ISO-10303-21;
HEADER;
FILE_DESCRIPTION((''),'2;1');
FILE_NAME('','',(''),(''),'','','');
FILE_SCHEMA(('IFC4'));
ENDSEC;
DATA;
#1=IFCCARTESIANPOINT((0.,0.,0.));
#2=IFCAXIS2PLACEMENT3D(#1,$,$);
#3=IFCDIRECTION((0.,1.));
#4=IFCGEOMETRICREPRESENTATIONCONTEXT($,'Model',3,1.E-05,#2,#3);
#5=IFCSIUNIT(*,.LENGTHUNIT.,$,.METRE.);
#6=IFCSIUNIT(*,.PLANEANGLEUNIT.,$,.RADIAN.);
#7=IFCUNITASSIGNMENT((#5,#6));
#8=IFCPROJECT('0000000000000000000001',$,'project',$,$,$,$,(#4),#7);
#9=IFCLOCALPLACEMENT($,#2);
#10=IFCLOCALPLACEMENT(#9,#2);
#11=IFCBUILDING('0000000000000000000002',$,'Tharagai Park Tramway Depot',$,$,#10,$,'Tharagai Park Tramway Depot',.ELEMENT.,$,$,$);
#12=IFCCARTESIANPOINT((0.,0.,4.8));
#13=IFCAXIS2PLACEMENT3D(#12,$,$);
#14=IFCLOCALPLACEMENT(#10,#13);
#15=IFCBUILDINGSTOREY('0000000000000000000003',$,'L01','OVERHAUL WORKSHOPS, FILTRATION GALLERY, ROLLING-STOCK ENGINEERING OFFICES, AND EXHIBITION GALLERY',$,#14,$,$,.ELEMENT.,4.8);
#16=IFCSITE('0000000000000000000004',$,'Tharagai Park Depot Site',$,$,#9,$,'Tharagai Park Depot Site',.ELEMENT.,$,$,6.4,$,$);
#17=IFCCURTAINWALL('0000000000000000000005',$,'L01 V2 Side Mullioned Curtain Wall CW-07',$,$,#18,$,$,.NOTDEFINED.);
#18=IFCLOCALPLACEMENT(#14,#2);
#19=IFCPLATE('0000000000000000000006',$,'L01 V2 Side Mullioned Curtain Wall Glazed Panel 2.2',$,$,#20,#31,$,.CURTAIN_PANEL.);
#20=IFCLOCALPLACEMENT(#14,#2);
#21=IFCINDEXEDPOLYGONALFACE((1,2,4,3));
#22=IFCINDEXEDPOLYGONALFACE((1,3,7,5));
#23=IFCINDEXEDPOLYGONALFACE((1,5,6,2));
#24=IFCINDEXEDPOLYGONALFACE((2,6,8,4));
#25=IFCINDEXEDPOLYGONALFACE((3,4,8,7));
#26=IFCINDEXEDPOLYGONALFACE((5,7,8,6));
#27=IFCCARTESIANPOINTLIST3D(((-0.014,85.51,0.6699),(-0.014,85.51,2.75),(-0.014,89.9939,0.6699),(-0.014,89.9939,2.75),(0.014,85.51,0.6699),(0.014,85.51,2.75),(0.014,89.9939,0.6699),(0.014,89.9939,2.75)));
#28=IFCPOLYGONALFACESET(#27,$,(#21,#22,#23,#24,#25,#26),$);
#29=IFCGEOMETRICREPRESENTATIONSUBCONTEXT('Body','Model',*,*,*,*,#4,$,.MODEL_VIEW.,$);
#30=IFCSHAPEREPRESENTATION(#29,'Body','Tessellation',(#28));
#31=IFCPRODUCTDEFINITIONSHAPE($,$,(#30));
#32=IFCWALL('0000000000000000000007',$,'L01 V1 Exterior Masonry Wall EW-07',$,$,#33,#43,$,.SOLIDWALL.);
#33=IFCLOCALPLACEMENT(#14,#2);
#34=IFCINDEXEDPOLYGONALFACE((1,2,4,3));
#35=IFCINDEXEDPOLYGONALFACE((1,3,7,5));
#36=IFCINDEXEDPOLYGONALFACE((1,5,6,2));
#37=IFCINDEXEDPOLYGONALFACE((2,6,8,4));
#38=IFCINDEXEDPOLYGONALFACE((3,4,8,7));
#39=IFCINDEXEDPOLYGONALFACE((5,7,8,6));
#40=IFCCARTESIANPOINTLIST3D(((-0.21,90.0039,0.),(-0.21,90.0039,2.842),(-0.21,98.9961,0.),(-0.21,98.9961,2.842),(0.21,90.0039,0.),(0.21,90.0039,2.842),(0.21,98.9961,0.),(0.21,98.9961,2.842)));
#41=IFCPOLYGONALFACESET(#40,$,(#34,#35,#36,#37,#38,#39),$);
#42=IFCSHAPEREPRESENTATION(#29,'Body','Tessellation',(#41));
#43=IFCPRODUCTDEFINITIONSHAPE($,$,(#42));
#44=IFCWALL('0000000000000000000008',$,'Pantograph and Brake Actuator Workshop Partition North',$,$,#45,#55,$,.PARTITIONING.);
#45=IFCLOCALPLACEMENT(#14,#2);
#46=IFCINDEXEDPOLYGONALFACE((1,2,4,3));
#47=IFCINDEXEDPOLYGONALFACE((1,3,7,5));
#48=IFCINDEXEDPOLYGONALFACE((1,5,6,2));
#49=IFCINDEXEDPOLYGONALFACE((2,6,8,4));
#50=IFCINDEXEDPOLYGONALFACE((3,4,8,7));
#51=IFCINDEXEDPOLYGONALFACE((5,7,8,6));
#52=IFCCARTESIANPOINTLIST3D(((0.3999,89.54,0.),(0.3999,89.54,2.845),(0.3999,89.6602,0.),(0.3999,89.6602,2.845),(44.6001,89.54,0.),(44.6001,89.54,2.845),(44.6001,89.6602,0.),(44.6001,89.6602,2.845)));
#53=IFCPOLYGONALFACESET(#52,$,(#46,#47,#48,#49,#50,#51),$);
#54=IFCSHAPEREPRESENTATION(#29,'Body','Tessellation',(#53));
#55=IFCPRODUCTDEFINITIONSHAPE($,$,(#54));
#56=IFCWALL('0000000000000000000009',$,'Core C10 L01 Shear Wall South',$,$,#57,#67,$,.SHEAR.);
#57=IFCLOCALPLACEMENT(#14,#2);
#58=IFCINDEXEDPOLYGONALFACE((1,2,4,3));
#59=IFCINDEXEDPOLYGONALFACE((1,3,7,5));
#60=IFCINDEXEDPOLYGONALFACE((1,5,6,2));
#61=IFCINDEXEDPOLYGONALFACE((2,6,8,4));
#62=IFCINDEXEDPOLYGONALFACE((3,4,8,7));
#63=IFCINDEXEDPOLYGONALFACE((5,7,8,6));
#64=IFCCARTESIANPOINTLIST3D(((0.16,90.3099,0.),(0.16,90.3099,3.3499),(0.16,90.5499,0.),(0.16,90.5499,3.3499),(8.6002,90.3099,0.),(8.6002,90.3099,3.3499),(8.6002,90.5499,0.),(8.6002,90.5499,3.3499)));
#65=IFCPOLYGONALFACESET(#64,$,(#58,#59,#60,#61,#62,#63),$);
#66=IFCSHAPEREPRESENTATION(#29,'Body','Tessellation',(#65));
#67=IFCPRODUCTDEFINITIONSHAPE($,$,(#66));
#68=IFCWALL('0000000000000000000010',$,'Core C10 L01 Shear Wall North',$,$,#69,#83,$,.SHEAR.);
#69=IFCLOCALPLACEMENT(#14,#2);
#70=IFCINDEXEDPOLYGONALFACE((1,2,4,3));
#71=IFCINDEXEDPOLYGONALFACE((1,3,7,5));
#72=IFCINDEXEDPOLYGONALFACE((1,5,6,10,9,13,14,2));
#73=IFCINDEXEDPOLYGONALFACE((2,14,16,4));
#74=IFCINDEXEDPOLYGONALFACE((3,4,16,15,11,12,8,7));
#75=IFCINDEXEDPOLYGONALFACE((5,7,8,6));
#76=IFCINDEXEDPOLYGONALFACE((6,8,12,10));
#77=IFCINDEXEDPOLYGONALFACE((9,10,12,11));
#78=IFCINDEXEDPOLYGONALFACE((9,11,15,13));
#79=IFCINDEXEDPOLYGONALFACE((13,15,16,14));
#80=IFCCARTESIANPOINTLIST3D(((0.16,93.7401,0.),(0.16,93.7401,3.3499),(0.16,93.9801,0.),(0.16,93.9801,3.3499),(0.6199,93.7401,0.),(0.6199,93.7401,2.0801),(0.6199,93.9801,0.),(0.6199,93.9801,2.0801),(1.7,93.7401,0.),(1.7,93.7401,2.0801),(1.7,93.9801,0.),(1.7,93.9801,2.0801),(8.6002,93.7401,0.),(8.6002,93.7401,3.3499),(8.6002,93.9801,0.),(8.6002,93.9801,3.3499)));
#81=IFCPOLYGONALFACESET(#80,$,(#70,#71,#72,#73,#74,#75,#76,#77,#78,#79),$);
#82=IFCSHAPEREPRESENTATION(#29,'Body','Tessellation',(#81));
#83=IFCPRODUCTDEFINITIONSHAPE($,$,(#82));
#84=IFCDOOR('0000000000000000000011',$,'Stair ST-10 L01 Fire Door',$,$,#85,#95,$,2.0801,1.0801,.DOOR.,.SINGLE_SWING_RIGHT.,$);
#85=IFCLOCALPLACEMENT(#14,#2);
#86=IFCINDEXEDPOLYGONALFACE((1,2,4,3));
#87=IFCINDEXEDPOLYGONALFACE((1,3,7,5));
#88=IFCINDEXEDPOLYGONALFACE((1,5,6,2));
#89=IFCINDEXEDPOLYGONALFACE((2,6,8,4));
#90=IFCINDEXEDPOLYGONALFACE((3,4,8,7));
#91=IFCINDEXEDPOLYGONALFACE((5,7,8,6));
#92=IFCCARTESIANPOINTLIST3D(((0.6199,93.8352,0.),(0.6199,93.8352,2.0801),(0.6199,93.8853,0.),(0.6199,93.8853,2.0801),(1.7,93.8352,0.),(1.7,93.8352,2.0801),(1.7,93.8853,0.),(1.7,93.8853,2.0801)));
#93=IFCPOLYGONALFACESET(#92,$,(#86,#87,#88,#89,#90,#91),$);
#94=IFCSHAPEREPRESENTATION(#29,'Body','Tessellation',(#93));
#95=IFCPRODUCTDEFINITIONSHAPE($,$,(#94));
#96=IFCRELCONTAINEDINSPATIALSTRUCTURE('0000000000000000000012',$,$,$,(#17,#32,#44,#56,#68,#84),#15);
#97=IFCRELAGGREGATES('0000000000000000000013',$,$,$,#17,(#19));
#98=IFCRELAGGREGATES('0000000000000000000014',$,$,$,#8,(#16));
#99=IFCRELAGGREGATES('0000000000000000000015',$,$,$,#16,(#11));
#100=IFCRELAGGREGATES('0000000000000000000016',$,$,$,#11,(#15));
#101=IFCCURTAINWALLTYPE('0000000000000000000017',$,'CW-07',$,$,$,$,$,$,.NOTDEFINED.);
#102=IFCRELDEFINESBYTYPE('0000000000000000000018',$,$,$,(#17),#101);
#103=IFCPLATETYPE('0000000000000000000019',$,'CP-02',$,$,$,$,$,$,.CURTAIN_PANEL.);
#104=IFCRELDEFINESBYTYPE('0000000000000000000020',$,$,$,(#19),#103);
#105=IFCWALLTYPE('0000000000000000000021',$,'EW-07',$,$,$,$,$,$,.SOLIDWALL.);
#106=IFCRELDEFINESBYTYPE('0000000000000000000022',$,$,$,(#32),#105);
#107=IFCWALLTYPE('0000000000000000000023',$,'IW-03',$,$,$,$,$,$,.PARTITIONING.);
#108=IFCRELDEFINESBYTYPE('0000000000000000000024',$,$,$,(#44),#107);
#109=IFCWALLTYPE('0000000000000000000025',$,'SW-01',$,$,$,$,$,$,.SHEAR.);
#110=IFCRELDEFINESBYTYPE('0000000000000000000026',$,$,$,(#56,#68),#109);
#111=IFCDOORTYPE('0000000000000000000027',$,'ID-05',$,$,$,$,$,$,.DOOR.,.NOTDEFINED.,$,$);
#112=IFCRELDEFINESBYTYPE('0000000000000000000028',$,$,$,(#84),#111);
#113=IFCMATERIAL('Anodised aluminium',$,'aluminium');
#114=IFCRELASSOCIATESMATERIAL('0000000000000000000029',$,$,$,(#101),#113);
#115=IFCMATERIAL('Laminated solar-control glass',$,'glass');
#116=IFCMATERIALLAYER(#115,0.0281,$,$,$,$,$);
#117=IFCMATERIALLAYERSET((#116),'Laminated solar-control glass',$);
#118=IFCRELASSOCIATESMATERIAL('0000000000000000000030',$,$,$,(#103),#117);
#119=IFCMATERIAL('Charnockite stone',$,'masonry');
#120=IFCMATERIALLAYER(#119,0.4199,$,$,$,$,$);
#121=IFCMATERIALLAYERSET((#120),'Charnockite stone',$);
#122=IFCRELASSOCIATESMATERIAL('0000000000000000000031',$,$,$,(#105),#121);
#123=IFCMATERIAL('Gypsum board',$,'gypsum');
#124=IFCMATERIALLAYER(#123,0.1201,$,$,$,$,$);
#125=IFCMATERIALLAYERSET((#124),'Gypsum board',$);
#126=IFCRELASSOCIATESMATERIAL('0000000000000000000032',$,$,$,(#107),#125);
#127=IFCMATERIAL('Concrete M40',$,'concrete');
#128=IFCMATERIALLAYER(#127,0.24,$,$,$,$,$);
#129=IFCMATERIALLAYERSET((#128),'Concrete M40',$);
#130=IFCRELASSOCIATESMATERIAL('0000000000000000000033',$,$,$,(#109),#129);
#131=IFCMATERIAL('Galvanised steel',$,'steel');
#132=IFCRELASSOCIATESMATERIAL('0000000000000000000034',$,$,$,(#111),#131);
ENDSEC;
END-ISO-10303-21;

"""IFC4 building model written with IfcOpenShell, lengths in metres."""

from ifc_helpers import new_model, si_unit, direction, frame, frame_2d, origin, origin_2d, place, context, subcontext, project, spatial, rectangle, extrude, material, layer, layer_set, type_object, element, fill, aggregate, save


model = new_model("IFC4")

# Units and contexts
model_context = context("Model", 3, precision=1e-05, world=origin(), true_north=direction((0.0, 1.0)))
body_context = subcontext(model_context, "Body", "Model", "MODEL_VIEW")
ifc_project = project(units=[si_unit("LENGTHUNIT", "METRE"), si_unit("PLANEANGLEUNIT", "RADIAN")], contexts=[model_context])

# Site, building, storey
site_placement = place(None, origin())
site = spatial("IfcSite", under=ifc_project, at=site_placement, Name="Tharagai Park Depot Site", LongName="Tharagai Park Depot Site", CompositionType="ELEMENT", RefElevation=6.4)
building_placement = place(site_placement, origin())
building = spatial("IfcBuilding", under=site, at=building_placement, Name="Tharagai Park Tramway Depot", LongName="Tharagai Park Tramway Depot", CompositionType="ELEMENT")
storey_placement = place(building_placement, frame((0.0, 0.0, 4.8)))
storey = spatial("IfcBuildingStorey", under=building, at=storey_placement, Name="L01", Description="OVERHAUL WORKSHOPS, FILTRATION GALLERY, ROLLING-STOCK ENGINEERING OFFICES, AND EXHIBITION GALLERY", CompositionType="ELEMENT", Elevation=4.8)

# Shared definitions
ifc_material_1 = material(Name="Concrete M40", Category="concrete")

# Curtain wall
ifc_material_2 = material(Name="Anodised aluminium", Category="aluminium")
curtain_wall_type_1 = type_object("IfcCurtainWallType", Name="CW-07", PredefinedType="NOTDEFINED", material=ifc_material_2)
curtain_wall_1_placement = place(storey_placement, origin())
curtain_wall_1 = element("IfcCurtainWall", 1, at=curtain_wall_1_placement, inside=storey, type_object=curtain_wall_type_1, Name="L01 V2 Side Mullioned Curtain Wall CW-07", PredefinedType="NOTDEFINED")

# Plate
ifc_material_3 = material(Name="Laminated solar-control glass", Category="glass")
ifc_layer_1 = layer(ifc_material_3, 0.0281)
ifc_layer_set_1 = layer_set([ifc_layer_1], Name="Laminated solar-control glass")
plate_type_1 = type_object("IfcPlateType", Name="CP-02", PredefinedType="CURTAIN_PANEL", material=ifc_layer_set_1)
plate_1_placement = place(storey_placement, frame((0.0, 87.752, 0.6699), z_axis=(0.0, 0.0, 1.0), x_axis=(0.0, 1.0, 0.0)))
plate_1 = element("IfcPlate", 2, at=plate_1_placement, type_object=plate_type_1, Name="L01 V2 Side Mullioned Curtain Wall Glazed Panel 2.2", PredefinedType="CURTAIN_PANEL", context=body_context, shape_type="SweptSolid", body=[
    extrude(rectangle(XDim=4.4839, YDim=0.0281, at=origin_2d()), origin(), (0.0, 0.0, 1.0), 2.0801),
])
aggregate(curtain_wall_1, [plate_1])

# Walls
ifc_material_4 = material(Name="Charnockite stone", Category="masonry")
ifc_layer_2 = layer(ifc_material_4, 0.4199)
ifc_layer_set_2 = layer_set([ifc_layer_2], Name="Charnockite stone")
wall_type_1 = type_object("IfcWallType", Name="EW-07", PredefinedType="SOLIDWALL", material=ifc_layer_set_2)
wall_1_placement = place(storey_placement, frame((0.0, 90.0039, 0.0), z_axis=(0.0, 0.0, 1.0), x_axis=(0.0, 1.0, 0.0)))
element("IfcWall", 3, at=wall_1_placement, inside=storey, type_object=wall_type_1, Name="L01 V1 Exterior Masonry Wall EW-07", PredefinedType="SOLIDWALL", context=body_context, shape_type="SweptSolid", body=[
    extrude(rectangle(XDim=8.9922, YDim=0.4199, at=frame_2d((4.4961, 0.0))), origin(), (0.0, 0.0, 1.0), 2.842),
])
ifc_material_5 = material(Name="Gypsum board", Category="gypsum")
ifc_layer_3 = layer(ifc_material_5, 0.1201)
ifc_layer_set_3 = layer_set([ifc_layer_3], Name="Gypsum board")
wall_type_2 = type_object("IfcWallType", Name="IW-03", PredefinedType="PARTITIONING", material=ifc_layer_set_3)
wall_2_placement = place(storey_placement, frame((0.3999, 89.6001, 0.0), z_axis=(0.0, 0.0, 1.0), x_axis=(1.0, 0.0, 0.0)))
element("IfcWall", 4, at=wall_2_placement, inside=storey, type_object=wall_type_2, Name="Pantograph and Brake Actuator Workshop Partition North", PredefinedType="PARTITIONING", context=body_context, shape_type="SweptSolid", body=[
    extrude(rectangle(XDim=44.2002, YDim=0.1201, at=frame_2d((22.1001, 0.0))), origin(), (0.0, 0.0, 1.0), 2.845),
])
ifc_layer_4 = layer(ifc_material_1, 0.24)
ifc_layer_set_4 = layer_set([ifc_layer_4], Name="Concrete M40")
wall_type_3 = type_object("IfcWallType", Name="SW-01", PredefinedType="SHEAR", material=ifc_layer_set_4)
wall_3_placement = place(storey_placement, frame((0.1599, 90.4299, 0.0), z_axis=(0.0, 0.0, 1.0), x_axis=(1.0, 0.0, 0.0)))
element("IfcWall", 5, at=wall_3_placement, inside=storey, type_object=wall_type_3, Name="Core C10 L01 Shear Wall South", PredefinedType="SHEAR", context=body_context, shape_type="SweptSolid", body=[
    extrude(rectangle(XDim=8.4402, YDim=0.24, at=frame_2d((4.2202, 0.0))), origin(), (0.0, 0.0, 1.0), 3.3499),
])

# Wall, opening, door
wall_4_placement = place(storey_placement, frame((0.1599, 93.8601, 0.0), z_axis=(0.0, 0.0, 1.0), x_axis=(1.0, 0.0, 0.0)))
wall_4 = element("IfcWall", 6, at=wall_4_placement, inside=storey, type_object=wall_type_3, Name="Core C10 L01 Shear Wall North", PredefinedType="SHEAR", context=body_context, shape_type="SweptSolid", body=[
    extrude(rectangle(XDim=8.4402, YDim=0.24, at=frame_2d((4.2202, 0.0))), origin(), (0.0, 0.0, 1.0), 3.3499),
])
opening_placement = place(wall_4_placement, frame((0.46, 0.0, 0.0)))
opening = element("IfcOpeningElement", 7, at=opening_placement, cuts=wall_4, PredefinedType="OPENING", context=body_context, shape_type="SweptSolid", body=[
    extrude(rectangle(XDim=1.0801, YDim=2.0801, at=frame_2d((0.54, 1.04))), frame((0.0, 0.1299, 0.0), z_axis=(0.0, -1.0, 0.0), x_axis=(1.0, 0.0, 0.0)), (0.0, 0.0, 1.0), 0.26),
])
ifc_material_6 = material(Name="Galvanised steel", Category="steel")
door_type = type_object("IfcDoorType", Name="ID-05", OperationType="NOTDEFINED", PredefinedType="DOOR", material=ifc_material_6)
door_placement = place(opening_placement, frame((1.0801, 0.0, 0.0), z_axis=(0.0, 0.0, 1.0), x_axis=(-1.0, 0.0, 0.0)))
door = element("IfcDoor", 8, at=door_placement, inside=storey, type_object=door_type, Name="Stair ST-10 L01 Fire Door", OperationType="SINGLE_SWING_RIGHT", OverallHeight=2.0801, OverallWidth=1.0801, PredefinedType="DOOR", context=body_context, shape_type="SweptSolid", body=[
    extrude(rectangle(XDim=1.0801, YDim=2.0801, at=frame_2d((0.54, 1.04))), frame((0.0, 0.0249, 0.0), z_axis=(0.0, -1.0, 0.0), x_axis=(1.0, 0.0, 0.0)), (0.0, 0.0, 1.0), 0.05),
])
fill(opening, door)

save(model, "model.ifc")
